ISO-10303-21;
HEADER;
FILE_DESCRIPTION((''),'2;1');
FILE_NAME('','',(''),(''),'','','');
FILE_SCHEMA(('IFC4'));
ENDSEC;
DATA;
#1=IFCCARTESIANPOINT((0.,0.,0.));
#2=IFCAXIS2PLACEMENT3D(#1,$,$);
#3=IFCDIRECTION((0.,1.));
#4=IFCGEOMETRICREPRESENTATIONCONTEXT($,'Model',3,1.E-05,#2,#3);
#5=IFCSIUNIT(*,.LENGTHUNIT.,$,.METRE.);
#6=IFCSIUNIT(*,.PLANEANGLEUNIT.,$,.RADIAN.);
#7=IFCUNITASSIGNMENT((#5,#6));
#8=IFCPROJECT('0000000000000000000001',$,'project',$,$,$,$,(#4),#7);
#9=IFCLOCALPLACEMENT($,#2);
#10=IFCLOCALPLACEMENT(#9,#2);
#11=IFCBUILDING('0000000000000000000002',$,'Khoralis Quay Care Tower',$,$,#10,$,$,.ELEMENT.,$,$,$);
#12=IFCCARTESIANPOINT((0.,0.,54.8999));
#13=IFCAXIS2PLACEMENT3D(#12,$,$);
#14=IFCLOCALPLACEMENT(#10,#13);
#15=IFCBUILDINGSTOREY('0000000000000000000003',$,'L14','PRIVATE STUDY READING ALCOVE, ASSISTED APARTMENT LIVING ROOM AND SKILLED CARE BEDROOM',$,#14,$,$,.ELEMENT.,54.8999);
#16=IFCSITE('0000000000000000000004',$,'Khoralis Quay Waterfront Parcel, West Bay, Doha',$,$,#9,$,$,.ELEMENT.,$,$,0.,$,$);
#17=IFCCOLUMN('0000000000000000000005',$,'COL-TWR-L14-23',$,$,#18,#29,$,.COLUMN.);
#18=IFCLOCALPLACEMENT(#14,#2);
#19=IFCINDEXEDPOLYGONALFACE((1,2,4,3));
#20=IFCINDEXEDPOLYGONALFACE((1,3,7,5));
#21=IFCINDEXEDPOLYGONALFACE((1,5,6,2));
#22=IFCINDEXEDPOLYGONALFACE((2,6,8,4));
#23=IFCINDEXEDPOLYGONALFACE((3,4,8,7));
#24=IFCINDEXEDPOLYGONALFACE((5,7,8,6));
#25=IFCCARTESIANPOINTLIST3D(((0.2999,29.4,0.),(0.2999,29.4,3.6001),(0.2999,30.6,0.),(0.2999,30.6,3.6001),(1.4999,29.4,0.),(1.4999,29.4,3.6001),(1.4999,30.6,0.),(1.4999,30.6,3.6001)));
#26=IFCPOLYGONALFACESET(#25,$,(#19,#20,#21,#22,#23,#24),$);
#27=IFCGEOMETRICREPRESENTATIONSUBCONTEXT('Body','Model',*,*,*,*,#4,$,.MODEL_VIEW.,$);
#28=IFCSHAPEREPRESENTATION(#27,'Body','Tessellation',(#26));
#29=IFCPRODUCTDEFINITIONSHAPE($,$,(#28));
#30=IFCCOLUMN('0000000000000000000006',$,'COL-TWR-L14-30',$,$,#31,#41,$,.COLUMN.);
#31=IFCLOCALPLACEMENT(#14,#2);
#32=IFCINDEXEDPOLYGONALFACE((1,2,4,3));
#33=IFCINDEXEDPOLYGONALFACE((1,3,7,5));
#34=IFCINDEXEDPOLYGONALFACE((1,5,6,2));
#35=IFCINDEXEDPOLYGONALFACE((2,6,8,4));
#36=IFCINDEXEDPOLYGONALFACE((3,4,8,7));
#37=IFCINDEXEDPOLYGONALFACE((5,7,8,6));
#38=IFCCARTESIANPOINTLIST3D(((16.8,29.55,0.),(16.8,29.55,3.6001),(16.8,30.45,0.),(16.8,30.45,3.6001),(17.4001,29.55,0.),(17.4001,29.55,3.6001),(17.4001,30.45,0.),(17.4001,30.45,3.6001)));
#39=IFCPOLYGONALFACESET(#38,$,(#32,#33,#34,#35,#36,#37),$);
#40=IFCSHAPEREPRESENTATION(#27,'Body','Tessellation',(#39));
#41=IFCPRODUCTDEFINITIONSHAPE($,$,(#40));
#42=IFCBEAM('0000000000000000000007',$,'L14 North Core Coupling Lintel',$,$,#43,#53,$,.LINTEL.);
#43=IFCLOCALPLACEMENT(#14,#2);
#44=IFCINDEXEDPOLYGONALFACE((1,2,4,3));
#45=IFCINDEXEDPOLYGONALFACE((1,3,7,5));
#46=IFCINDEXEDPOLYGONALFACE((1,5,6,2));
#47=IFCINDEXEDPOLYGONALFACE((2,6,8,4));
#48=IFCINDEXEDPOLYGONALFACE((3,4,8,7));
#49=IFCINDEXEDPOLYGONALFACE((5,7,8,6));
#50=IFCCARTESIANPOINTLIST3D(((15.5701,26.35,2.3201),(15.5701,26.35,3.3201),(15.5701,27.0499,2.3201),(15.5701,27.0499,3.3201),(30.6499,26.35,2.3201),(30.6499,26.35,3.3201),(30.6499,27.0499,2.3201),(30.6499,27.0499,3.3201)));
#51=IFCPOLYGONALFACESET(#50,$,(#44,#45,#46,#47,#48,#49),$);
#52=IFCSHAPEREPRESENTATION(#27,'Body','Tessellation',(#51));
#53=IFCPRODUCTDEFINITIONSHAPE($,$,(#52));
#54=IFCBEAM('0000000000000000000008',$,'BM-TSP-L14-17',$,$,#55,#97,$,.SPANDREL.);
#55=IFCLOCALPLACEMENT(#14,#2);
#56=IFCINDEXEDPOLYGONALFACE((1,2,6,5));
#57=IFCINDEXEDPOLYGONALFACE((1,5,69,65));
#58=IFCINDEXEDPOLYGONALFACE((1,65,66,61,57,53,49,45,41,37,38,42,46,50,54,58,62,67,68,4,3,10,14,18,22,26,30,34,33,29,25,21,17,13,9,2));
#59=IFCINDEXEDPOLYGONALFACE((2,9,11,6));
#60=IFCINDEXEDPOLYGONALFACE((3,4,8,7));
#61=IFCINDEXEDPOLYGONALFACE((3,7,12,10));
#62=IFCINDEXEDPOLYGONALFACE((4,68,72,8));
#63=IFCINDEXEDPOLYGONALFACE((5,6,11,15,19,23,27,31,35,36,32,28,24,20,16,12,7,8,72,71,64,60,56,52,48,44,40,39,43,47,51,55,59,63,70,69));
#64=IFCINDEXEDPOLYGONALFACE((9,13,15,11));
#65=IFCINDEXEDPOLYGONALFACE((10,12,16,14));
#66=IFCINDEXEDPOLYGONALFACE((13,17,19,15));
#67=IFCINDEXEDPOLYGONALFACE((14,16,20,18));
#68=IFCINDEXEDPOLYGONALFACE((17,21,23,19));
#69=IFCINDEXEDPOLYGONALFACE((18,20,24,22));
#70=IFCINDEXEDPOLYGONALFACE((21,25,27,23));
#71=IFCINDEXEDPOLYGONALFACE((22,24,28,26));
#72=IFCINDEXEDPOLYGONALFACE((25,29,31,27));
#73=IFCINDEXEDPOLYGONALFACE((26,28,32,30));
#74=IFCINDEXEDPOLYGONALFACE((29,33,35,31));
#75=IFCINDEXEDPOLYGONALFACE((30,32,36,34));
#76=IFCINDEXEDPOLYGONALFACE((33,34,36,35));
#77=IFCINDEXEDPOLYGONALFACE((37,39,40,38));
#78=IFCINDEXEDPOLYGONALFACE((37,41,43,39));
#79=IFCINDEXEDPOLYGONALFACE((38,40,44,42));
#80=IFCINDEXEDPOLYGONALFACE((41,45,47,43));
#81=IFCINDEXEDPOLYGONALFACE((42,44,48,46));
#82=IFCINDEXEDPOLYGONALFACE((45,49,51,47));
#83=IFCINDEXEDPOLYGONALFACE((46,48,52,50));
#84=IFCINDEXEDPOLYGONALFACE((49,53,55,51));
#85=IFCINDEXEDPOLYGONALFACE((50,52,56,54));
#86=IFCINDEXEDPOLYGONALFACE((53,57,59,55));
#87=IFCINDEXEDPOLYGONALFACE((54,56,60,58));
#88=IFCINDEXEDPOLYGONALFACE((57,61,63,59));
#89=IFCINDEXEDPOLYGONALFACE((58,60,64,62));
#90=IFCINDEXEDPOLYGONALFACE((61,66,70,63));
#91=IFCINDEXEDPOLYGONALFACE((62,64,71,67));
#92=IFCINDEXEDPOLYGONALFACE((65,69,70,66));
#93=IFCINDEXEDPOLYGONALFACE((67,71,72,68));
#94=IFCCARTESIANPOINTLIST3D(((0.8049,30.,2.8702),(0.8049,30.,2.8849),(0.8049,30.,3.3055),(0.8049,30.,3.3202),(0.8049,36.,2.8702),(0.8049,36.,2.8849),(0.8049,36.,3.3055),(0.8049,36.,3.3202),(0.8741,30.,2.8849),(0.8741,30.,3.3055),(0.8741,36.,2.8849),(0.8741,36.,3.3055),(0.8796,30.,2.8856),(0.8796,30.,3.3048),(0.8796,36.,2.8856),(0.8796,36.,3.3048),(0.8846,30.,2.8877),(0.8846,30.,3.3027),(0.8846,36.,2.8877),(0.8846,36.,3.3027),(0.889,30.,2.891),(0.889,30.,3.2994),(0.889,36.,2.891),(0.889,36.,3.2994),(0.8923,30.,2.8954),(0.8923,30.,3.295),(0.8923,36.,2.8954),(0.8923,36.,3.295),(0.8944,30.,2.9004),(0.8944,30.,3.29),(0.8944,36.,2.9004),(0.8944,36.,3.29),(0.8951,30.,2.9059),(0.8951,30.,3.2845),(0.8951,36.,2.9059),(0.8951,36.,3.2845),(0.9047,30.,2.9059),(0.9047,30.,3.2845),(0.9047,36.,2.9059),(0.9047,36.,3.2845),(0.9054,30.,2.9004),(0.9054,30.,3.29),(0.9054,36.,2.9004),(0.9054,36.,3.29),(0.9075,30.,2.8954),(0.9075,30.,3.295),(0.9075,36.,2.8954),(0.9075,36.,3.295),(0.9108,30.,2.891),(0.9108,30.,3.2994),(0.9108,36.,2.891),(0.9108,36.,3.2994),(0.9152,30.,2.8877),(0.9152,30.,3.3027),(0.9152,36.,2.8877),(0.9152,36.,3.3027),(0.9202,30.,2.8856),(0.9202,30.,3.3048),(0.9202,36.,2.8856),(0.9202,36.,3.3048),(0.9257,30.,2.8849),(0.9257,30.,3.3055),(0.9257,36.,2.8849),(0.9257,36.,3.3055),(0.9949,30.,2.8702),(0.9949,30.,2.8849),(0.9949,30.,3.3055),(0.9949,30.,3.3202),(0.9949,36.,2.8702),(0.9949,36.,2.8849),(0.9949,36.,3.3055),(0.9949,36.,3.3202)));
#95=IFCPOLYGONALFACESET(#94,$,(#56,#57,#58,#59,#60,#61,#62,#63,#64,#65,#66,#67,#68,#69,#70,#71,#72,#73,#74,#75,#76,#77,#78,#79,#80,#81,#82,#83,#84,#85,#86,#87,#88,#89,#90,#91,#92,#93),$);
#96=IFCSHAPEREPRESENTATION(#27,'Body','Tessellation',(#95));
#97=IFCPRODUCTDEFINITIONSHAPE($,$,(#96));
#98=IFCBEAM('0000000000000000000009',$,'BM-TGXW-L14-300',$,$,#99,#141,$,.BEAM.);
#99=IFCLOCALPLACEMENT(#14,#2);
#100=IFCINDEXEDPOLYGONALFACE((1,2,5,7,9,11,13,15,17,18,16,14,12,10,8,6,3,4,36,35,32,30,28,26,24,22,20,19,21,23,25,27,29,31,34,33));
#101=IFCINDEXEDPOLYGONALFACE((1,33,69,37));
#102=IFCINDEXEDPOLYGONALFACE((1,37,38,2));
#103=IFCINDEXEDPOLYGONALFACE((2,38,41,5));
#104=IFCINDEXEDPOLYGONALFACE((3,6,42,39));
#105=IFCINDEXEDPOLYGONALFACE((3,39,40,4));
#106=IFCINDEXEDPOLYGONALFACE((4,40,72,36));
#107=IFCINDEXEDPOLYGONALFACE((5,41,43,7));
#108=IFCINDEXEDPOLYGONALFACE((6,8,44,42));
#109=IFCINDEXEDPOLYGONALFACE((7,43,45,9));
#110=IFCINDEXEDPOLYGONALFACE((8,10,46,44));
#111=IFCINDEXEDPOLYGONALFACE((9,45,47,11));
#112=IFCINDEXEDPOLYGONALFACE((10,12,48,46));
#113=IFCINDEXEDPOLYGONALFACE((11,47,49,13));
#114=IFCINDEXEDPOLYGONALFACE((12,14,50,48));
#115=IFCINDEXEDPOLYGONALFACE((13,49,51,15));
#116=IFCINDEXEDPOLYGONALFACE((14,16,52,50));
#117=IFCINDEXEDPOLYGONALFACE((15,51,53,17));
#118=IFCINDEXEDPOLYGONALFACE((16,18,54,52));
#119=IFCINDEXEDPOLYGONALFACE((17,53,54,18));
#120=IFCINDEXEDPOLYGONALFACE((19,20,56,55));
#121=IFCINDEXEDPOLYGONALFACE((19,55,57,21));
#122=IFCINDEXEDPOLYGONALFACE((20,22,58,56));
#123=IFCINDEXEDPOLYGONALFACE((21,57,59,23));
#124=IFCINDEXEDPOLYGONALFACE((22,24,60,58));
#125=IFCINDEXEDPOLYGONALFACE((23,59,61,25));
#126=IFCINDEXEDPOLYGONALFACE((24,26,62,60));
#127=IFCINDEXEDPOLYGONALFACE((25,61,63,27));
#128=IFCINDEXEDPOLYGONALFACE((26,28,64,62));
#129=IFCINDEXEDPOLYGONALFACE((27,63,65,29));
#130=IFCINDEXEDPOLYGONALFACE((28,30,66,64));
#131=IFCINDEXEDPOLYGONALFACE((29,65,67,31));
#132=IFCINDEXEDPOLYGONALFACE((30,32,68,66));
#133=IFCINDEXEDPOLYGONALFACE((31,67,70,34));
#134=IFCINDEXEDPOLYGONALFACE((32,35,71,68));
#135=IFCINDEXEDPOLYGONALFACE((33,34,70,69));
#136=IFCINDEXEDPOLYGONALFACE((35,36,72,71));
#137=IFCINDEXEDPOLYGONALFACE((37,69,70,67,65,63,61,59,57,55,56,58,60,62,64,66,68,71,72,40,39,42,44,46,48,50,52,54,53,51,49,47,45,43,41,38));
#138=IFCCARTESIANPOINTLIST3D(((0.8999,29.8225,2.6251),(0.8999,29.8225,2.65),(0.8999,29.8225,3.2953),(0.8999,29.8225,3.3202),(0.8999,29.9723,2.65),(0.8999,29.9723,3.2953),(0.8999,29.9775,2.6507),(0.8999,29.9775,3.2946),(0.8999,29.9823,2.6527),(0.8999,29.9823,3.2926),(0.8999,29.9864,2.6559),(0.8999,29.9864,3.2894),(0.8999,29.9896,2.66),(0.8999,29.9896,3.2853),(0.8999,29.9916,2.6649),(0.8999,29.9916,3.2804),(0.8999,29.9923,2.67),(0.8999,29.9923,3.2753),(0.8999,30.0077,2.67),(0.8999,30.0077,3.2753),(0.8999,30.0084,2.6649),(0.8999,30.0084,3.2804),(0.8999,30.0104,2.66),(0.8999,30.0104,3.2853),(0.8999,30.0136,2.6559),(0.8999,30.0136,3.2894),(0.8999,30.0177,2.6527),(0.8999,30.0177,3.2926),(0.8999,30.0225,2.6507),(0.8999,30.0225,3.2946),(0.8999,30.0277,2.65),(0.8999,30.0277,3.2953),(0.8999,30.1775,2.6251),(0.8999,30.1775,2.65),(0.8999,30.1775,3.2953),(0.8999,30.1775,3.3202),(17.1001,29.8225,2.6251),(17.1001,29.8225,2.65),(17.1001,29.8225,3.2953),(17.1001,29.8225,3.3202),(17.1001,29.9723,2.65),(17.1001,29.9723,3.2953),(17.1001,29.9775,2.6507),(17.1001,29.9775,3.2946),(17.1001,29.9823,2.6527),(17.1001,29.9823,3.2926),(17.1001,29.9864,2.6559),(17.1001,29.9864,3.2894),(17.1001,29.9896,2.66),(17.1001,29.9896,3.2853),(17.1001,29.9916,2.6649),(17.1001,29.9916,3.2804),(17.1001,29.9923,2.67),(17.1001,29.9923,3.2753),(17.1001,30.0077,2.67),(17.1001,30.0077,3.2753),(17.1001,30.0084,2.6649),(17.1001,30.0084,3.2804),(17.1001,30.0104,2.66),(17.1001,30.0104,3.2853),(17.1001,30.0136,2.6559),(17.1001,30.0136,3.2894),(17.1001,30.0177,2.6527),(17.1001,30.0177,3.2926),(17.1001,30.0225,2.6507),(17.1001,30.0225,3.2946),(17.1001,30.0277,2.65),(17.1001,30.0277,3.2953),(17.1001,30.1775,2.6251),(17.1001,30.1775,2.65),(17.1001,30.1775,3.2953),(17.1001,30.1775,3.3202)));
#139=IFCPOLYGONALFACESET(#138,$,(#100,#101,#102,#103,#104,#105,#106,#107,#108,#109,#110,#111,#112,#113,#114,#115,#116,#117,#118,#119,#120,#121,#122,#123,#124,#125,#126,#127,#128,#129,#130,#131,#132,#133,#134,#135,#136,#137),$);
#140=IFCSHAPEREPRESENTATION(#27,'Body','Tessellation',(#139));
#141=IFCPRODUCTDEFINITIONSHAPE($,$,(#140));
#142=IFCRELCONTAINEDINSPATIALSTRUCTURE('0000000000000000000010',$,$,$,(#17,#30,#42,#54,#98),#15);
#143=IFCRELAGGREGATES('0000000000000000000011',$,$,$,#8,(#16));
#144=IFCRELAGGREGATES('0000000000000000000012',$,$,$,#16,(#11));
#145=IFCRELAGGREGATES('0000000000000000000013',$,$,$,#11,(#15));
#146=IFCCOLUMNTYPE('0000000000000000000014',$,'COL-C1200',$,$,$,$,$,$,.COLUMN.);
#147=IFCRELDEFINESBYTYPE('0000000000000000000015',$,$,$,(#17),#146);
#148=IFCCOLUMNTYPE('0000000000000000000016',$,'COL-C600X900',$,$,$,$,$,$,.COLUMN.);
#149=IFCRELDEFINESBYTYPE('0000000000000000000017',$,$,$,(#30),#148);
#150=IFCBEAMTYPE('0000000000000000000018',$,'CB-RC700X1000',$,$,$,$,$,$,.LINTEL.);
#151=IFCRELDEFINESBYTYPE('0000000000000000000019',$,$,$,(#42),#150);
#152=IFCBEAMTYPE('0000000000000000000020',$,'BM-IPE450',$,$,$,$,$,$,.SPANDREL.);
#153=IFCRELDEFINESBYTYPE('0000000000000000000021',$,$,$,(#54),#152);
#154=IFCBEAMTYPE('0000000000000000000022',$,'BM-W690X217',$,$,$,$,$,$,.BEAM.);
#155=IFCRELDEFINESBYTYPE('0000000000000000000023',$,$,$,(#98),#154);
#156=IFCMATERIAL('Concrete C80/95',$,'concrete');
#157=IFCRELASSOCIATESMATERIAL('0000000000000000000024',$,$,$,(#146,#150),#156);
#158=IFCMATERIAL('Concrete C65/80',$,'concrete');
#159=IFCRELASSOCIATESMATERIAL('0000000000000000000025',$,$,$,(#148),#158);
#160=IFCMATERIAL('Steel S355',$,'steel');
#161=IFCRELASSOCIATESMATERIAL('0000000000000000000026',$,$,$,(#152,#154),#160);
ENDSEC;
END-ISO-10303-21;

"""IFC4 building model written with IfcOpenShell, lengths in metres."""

from ifc_helpers import new_model, si_unit, direction, frame, origin, origin_2d, place, context, subcontext, project, spatial, rectangle, i_section, extrude, source, transform, mapped, material, material_profile, profile_set, type_object, element, save


model = new_model("IFC4")

# Units and contexts
model_context = context("Model", 3, precision=1e-05, world=origin(), true_north=direction((0.0, 1.0)))
body_context = subcontext(model_context, "Body", "Model", "MODEL_VIEW")
ifc_project = project(units=[si_unit("LENGTHUNIT", "METRE"), si_unit("PLANEANGLEUNIT", "RADIAN")], contexts=[model_context])

# Site, building, storey
site_placement = place(None, origin())
site = spatial("IfcSite", under=ifc_project, at=site_placement, Name="Khoralis Quay Waterfront Parcel, West Bay, Doha", CompositionType="ELEMENT", RefElevation=0.0)
building_placement = place(site_placement, origin())
building = spatial("IfcBuilding", under=site, at=building_placement, Name="Khoralis Quay Care Tower", CompositionType="ELEMENT")
storey_placement = place(building_placement, frame((0.0, 0.0, 54.8999)))
storey = spatial("IfcBuildingStorey", under=building, at=storey_placement, Name="L14", Description="PRIVATE STUDY READING ALCOVE, ASSISTED APARTMENT LIVING ROOM AND SKILLED CARE BEDROOM", CompositionType="ELEMENT", Elevation=54.8999)

# Columns
ifc_material_1 = material(Name="Concrete C80/95", Category="concrete")
ifc_material_profile_1 = material_profile(ifc_material_1, rectangle(XDim=1.2, YDim=1.2, at=origin_2d()), Name="Concrete C80/95")
ifc_profile_set_1 = profile_set([ifc_material_profile_1], Name="Concrete C80/95")
column_type_1 = type_object("IfcColumnType", Name="COL-C1200", PredefinedType="COLUMN", material=ifc_profile_set_1)
shared_shape_1 = source(origin(), body_context, "Body", "SweptSolid", [
    extrude(rectangle(XDim=1.2, YDim=1.2, at=origin_2d()), origin(), (0.0, 0.0, 1.0), 3.6001),
])
column_1_placement = place(storey_placement, frame((0.8999, 30.0, 0.0), z_axis=(0.0, 0.0, 1.0), x_axis=(1.0, 0.0, 0.0)))
element("IfcColumn", 1, at=column_1_placement, inside=storey, type_object=column_type_1, Name="COL-TWR-L14-23", PredefinedType="COLUMN", context=body_context, shape_type="MappedRepresentation", body=[
    mapped(shared_shape_1, transform((0.0, 0.0, 0.0), scale=1.0)),
])
ifc_material_2 = material(Name="Concrete C65/80", Category="concrete")
ifc_material_profile_2 = material_profile(ifc_material_2, rectangle(XDim=0.6001, YDim=0.8999, at=origin_2d()), Name="Concrete C65/80")
ifc_profile_set_2 = profile_set([ifc_material_profile_2], Name="Concrete C65/80")
column_type_2 = type_object("IfcColumnType", Name="COL-C600X900", PredefinedType="COLUMN", material=ifc_profile_set_2)
shared_shape_2 = source(origin(), body_context, "Body", "SweptSolid", [
    extrude(rectangle(XDim=0.6001, YDim=0.8999, at=origin_2d()), origin(), (0.0, 0.0, 1.0), 3.6001),
])
column_2_placement = place(storey_placement, frame((17.1001, 30.0, 0.0), z_axis=(0.0, 0.0, 1.0), x_axis=(1.0, 0.0, 0.0)))
element("IfcColumn", 2, at=column_2_placement, inside=storey, type_object=column_type_2, Name="COL-TWR-L14-30", PredefinedType="COLUMN", context=body_context, shape_type="MappedRepresentation", body=[
    mapped(shared_shape_2, transform((0.0, 0.0, 0.0), scale=1.0)),
])

# Beams
ifc_material_profile_3 = material_profile(ifc_material_1, rectangle(XDim=0.7, YDim=1.0, at=origin_2d()), Name="Concrete C80/95")
ifc_profile_set_3 = profile_set([ifc_material_profile_3], Name="Concrete C80/95")
beam_type_1 = type_object("IfcBeamType", Name="CB-RC700X1000", PredefinedType="LINTEL", material=ifc_profile_set_3)
shared_shape_3 = source(origin(), body_context, "Body", "SweptSolid", [
    extrude(rectangle(XDim=0.7, YDim=1.0, at=origin_2d()), origin(), (0.0, 0.0, 1.0), 15.0798),
])
beam_1_placement = place(storey_placement, frame((15.5701, 26.7, 2.8201), z_axis=(1.0, 0.0, 0.0), x_axis=(0.0, 1.0, 0.0)))
element("IfcBeam", 3, at=beam_1_placement, inside=storey, type_object=beam_type_1, Name="L14 North Core Coupling Lintel", PredefinedType="LINTEL", context=body_context, shape_type="MappedRepresentation", body=[
    mapped(shared_shape_3, transform((0.0, 0.0, 0.0), scale=1.0)),
])
ifc_material_3 = material(Name="Steel S355", Category="steel")
ifc_material_profile_4 = material_profile(ifc_material_3, i_section(OverallWidth=0.1899, OverallDepth=0.45, WebThickness=0.0095, FlangeThickness=0.0146, FilletRadius=0.021, at=origin_2d()), Name="Steel S355")
ifc_profile_set_4 = profile_set([ifc_material_profile_4], Name="Steel S355")
beam_type_2 = type_object("IfcBeamType", Name="BM-IPE450", PredefinedType="SPANDREL", material=ifc_profile_set_4)
shared_shape_4 = source(origin(), body_context, "Body", "SweptSolid", [
    extrude(i_section(OverallWidth=0.1899, OverallDepth=0.45, WebThickness=0.0095, FlangeThickness=0.0146, FilletRadius=0.021, at=origin_2d()), origin(), (0.0, 0.0, 1.0), 6.0),
])
beam_2_placement = place(storey_placement, frame((0.8999, 30.0, 3.0952), z_axis=(0.0, 1.0, 0.0), x_axis=(-1.0, 0.0, 0.0)))
element("IfcBeam", 4, at=beam_2_placement, inside=storey, type_object=beam_type_2, Name="BM-TSP-L14-17", PredefinedType="SPANDREL", context=body_context, shape_type="MappedRepresentation", body=[
    mapped(shared_shape_4, transform((0.0, 0.0, 0.0), scale=1.0)),
])
ifc_material_profile_5 = material_profile(ifc_material_3, i_section(OverallWidth=0.355, OverallDepth=0.6951, WebThickness=0.0154, FlangeThickness=0.0249, FilletRadius=0.02, at=origin_2d()), Name="Steel S355")
ifc_profile_set_5 = profile_set([ifc_material_profile_5], Name="Steel S355")
beam_type_3 = type_object("IfcBeamType", Name="BM-W690X217", PredefinedType="BEAM", material=ifc_profile_set_5)
shared_shape_5 = source(origin(), body_context, "Body", "SweptSolid", [
    extrude(i_section(OverallWidth=0.355, OverallDepth=0.6951, WebThickness=0.0154, FlangeThickness=0.0249, FilletRadius=0.02, at=origin_2d()), origin(), (0.0, 0.0, 1.0), 16.2002),
])
beam_3_placement = place(storey_placement, frame((0.8999, 30.0, 2.9727), z_axis=(1.0, 0.0, 0.0), x_axis=(0.0, 1.0, 0.0)))
element("IfcBeam", 5, at=beam_3_placement, inside=storey, type_object=beam_type_3, Name="BM-TGXW-L14-300", PredefinedType="BEAM", context=body_context, shape_type="MappedRepresentation", body=[
    mapped(shared_shape_5, transform((0.0, 0.0, 0.0), scale=1.0)),
])

save(model, "model.ifc")
